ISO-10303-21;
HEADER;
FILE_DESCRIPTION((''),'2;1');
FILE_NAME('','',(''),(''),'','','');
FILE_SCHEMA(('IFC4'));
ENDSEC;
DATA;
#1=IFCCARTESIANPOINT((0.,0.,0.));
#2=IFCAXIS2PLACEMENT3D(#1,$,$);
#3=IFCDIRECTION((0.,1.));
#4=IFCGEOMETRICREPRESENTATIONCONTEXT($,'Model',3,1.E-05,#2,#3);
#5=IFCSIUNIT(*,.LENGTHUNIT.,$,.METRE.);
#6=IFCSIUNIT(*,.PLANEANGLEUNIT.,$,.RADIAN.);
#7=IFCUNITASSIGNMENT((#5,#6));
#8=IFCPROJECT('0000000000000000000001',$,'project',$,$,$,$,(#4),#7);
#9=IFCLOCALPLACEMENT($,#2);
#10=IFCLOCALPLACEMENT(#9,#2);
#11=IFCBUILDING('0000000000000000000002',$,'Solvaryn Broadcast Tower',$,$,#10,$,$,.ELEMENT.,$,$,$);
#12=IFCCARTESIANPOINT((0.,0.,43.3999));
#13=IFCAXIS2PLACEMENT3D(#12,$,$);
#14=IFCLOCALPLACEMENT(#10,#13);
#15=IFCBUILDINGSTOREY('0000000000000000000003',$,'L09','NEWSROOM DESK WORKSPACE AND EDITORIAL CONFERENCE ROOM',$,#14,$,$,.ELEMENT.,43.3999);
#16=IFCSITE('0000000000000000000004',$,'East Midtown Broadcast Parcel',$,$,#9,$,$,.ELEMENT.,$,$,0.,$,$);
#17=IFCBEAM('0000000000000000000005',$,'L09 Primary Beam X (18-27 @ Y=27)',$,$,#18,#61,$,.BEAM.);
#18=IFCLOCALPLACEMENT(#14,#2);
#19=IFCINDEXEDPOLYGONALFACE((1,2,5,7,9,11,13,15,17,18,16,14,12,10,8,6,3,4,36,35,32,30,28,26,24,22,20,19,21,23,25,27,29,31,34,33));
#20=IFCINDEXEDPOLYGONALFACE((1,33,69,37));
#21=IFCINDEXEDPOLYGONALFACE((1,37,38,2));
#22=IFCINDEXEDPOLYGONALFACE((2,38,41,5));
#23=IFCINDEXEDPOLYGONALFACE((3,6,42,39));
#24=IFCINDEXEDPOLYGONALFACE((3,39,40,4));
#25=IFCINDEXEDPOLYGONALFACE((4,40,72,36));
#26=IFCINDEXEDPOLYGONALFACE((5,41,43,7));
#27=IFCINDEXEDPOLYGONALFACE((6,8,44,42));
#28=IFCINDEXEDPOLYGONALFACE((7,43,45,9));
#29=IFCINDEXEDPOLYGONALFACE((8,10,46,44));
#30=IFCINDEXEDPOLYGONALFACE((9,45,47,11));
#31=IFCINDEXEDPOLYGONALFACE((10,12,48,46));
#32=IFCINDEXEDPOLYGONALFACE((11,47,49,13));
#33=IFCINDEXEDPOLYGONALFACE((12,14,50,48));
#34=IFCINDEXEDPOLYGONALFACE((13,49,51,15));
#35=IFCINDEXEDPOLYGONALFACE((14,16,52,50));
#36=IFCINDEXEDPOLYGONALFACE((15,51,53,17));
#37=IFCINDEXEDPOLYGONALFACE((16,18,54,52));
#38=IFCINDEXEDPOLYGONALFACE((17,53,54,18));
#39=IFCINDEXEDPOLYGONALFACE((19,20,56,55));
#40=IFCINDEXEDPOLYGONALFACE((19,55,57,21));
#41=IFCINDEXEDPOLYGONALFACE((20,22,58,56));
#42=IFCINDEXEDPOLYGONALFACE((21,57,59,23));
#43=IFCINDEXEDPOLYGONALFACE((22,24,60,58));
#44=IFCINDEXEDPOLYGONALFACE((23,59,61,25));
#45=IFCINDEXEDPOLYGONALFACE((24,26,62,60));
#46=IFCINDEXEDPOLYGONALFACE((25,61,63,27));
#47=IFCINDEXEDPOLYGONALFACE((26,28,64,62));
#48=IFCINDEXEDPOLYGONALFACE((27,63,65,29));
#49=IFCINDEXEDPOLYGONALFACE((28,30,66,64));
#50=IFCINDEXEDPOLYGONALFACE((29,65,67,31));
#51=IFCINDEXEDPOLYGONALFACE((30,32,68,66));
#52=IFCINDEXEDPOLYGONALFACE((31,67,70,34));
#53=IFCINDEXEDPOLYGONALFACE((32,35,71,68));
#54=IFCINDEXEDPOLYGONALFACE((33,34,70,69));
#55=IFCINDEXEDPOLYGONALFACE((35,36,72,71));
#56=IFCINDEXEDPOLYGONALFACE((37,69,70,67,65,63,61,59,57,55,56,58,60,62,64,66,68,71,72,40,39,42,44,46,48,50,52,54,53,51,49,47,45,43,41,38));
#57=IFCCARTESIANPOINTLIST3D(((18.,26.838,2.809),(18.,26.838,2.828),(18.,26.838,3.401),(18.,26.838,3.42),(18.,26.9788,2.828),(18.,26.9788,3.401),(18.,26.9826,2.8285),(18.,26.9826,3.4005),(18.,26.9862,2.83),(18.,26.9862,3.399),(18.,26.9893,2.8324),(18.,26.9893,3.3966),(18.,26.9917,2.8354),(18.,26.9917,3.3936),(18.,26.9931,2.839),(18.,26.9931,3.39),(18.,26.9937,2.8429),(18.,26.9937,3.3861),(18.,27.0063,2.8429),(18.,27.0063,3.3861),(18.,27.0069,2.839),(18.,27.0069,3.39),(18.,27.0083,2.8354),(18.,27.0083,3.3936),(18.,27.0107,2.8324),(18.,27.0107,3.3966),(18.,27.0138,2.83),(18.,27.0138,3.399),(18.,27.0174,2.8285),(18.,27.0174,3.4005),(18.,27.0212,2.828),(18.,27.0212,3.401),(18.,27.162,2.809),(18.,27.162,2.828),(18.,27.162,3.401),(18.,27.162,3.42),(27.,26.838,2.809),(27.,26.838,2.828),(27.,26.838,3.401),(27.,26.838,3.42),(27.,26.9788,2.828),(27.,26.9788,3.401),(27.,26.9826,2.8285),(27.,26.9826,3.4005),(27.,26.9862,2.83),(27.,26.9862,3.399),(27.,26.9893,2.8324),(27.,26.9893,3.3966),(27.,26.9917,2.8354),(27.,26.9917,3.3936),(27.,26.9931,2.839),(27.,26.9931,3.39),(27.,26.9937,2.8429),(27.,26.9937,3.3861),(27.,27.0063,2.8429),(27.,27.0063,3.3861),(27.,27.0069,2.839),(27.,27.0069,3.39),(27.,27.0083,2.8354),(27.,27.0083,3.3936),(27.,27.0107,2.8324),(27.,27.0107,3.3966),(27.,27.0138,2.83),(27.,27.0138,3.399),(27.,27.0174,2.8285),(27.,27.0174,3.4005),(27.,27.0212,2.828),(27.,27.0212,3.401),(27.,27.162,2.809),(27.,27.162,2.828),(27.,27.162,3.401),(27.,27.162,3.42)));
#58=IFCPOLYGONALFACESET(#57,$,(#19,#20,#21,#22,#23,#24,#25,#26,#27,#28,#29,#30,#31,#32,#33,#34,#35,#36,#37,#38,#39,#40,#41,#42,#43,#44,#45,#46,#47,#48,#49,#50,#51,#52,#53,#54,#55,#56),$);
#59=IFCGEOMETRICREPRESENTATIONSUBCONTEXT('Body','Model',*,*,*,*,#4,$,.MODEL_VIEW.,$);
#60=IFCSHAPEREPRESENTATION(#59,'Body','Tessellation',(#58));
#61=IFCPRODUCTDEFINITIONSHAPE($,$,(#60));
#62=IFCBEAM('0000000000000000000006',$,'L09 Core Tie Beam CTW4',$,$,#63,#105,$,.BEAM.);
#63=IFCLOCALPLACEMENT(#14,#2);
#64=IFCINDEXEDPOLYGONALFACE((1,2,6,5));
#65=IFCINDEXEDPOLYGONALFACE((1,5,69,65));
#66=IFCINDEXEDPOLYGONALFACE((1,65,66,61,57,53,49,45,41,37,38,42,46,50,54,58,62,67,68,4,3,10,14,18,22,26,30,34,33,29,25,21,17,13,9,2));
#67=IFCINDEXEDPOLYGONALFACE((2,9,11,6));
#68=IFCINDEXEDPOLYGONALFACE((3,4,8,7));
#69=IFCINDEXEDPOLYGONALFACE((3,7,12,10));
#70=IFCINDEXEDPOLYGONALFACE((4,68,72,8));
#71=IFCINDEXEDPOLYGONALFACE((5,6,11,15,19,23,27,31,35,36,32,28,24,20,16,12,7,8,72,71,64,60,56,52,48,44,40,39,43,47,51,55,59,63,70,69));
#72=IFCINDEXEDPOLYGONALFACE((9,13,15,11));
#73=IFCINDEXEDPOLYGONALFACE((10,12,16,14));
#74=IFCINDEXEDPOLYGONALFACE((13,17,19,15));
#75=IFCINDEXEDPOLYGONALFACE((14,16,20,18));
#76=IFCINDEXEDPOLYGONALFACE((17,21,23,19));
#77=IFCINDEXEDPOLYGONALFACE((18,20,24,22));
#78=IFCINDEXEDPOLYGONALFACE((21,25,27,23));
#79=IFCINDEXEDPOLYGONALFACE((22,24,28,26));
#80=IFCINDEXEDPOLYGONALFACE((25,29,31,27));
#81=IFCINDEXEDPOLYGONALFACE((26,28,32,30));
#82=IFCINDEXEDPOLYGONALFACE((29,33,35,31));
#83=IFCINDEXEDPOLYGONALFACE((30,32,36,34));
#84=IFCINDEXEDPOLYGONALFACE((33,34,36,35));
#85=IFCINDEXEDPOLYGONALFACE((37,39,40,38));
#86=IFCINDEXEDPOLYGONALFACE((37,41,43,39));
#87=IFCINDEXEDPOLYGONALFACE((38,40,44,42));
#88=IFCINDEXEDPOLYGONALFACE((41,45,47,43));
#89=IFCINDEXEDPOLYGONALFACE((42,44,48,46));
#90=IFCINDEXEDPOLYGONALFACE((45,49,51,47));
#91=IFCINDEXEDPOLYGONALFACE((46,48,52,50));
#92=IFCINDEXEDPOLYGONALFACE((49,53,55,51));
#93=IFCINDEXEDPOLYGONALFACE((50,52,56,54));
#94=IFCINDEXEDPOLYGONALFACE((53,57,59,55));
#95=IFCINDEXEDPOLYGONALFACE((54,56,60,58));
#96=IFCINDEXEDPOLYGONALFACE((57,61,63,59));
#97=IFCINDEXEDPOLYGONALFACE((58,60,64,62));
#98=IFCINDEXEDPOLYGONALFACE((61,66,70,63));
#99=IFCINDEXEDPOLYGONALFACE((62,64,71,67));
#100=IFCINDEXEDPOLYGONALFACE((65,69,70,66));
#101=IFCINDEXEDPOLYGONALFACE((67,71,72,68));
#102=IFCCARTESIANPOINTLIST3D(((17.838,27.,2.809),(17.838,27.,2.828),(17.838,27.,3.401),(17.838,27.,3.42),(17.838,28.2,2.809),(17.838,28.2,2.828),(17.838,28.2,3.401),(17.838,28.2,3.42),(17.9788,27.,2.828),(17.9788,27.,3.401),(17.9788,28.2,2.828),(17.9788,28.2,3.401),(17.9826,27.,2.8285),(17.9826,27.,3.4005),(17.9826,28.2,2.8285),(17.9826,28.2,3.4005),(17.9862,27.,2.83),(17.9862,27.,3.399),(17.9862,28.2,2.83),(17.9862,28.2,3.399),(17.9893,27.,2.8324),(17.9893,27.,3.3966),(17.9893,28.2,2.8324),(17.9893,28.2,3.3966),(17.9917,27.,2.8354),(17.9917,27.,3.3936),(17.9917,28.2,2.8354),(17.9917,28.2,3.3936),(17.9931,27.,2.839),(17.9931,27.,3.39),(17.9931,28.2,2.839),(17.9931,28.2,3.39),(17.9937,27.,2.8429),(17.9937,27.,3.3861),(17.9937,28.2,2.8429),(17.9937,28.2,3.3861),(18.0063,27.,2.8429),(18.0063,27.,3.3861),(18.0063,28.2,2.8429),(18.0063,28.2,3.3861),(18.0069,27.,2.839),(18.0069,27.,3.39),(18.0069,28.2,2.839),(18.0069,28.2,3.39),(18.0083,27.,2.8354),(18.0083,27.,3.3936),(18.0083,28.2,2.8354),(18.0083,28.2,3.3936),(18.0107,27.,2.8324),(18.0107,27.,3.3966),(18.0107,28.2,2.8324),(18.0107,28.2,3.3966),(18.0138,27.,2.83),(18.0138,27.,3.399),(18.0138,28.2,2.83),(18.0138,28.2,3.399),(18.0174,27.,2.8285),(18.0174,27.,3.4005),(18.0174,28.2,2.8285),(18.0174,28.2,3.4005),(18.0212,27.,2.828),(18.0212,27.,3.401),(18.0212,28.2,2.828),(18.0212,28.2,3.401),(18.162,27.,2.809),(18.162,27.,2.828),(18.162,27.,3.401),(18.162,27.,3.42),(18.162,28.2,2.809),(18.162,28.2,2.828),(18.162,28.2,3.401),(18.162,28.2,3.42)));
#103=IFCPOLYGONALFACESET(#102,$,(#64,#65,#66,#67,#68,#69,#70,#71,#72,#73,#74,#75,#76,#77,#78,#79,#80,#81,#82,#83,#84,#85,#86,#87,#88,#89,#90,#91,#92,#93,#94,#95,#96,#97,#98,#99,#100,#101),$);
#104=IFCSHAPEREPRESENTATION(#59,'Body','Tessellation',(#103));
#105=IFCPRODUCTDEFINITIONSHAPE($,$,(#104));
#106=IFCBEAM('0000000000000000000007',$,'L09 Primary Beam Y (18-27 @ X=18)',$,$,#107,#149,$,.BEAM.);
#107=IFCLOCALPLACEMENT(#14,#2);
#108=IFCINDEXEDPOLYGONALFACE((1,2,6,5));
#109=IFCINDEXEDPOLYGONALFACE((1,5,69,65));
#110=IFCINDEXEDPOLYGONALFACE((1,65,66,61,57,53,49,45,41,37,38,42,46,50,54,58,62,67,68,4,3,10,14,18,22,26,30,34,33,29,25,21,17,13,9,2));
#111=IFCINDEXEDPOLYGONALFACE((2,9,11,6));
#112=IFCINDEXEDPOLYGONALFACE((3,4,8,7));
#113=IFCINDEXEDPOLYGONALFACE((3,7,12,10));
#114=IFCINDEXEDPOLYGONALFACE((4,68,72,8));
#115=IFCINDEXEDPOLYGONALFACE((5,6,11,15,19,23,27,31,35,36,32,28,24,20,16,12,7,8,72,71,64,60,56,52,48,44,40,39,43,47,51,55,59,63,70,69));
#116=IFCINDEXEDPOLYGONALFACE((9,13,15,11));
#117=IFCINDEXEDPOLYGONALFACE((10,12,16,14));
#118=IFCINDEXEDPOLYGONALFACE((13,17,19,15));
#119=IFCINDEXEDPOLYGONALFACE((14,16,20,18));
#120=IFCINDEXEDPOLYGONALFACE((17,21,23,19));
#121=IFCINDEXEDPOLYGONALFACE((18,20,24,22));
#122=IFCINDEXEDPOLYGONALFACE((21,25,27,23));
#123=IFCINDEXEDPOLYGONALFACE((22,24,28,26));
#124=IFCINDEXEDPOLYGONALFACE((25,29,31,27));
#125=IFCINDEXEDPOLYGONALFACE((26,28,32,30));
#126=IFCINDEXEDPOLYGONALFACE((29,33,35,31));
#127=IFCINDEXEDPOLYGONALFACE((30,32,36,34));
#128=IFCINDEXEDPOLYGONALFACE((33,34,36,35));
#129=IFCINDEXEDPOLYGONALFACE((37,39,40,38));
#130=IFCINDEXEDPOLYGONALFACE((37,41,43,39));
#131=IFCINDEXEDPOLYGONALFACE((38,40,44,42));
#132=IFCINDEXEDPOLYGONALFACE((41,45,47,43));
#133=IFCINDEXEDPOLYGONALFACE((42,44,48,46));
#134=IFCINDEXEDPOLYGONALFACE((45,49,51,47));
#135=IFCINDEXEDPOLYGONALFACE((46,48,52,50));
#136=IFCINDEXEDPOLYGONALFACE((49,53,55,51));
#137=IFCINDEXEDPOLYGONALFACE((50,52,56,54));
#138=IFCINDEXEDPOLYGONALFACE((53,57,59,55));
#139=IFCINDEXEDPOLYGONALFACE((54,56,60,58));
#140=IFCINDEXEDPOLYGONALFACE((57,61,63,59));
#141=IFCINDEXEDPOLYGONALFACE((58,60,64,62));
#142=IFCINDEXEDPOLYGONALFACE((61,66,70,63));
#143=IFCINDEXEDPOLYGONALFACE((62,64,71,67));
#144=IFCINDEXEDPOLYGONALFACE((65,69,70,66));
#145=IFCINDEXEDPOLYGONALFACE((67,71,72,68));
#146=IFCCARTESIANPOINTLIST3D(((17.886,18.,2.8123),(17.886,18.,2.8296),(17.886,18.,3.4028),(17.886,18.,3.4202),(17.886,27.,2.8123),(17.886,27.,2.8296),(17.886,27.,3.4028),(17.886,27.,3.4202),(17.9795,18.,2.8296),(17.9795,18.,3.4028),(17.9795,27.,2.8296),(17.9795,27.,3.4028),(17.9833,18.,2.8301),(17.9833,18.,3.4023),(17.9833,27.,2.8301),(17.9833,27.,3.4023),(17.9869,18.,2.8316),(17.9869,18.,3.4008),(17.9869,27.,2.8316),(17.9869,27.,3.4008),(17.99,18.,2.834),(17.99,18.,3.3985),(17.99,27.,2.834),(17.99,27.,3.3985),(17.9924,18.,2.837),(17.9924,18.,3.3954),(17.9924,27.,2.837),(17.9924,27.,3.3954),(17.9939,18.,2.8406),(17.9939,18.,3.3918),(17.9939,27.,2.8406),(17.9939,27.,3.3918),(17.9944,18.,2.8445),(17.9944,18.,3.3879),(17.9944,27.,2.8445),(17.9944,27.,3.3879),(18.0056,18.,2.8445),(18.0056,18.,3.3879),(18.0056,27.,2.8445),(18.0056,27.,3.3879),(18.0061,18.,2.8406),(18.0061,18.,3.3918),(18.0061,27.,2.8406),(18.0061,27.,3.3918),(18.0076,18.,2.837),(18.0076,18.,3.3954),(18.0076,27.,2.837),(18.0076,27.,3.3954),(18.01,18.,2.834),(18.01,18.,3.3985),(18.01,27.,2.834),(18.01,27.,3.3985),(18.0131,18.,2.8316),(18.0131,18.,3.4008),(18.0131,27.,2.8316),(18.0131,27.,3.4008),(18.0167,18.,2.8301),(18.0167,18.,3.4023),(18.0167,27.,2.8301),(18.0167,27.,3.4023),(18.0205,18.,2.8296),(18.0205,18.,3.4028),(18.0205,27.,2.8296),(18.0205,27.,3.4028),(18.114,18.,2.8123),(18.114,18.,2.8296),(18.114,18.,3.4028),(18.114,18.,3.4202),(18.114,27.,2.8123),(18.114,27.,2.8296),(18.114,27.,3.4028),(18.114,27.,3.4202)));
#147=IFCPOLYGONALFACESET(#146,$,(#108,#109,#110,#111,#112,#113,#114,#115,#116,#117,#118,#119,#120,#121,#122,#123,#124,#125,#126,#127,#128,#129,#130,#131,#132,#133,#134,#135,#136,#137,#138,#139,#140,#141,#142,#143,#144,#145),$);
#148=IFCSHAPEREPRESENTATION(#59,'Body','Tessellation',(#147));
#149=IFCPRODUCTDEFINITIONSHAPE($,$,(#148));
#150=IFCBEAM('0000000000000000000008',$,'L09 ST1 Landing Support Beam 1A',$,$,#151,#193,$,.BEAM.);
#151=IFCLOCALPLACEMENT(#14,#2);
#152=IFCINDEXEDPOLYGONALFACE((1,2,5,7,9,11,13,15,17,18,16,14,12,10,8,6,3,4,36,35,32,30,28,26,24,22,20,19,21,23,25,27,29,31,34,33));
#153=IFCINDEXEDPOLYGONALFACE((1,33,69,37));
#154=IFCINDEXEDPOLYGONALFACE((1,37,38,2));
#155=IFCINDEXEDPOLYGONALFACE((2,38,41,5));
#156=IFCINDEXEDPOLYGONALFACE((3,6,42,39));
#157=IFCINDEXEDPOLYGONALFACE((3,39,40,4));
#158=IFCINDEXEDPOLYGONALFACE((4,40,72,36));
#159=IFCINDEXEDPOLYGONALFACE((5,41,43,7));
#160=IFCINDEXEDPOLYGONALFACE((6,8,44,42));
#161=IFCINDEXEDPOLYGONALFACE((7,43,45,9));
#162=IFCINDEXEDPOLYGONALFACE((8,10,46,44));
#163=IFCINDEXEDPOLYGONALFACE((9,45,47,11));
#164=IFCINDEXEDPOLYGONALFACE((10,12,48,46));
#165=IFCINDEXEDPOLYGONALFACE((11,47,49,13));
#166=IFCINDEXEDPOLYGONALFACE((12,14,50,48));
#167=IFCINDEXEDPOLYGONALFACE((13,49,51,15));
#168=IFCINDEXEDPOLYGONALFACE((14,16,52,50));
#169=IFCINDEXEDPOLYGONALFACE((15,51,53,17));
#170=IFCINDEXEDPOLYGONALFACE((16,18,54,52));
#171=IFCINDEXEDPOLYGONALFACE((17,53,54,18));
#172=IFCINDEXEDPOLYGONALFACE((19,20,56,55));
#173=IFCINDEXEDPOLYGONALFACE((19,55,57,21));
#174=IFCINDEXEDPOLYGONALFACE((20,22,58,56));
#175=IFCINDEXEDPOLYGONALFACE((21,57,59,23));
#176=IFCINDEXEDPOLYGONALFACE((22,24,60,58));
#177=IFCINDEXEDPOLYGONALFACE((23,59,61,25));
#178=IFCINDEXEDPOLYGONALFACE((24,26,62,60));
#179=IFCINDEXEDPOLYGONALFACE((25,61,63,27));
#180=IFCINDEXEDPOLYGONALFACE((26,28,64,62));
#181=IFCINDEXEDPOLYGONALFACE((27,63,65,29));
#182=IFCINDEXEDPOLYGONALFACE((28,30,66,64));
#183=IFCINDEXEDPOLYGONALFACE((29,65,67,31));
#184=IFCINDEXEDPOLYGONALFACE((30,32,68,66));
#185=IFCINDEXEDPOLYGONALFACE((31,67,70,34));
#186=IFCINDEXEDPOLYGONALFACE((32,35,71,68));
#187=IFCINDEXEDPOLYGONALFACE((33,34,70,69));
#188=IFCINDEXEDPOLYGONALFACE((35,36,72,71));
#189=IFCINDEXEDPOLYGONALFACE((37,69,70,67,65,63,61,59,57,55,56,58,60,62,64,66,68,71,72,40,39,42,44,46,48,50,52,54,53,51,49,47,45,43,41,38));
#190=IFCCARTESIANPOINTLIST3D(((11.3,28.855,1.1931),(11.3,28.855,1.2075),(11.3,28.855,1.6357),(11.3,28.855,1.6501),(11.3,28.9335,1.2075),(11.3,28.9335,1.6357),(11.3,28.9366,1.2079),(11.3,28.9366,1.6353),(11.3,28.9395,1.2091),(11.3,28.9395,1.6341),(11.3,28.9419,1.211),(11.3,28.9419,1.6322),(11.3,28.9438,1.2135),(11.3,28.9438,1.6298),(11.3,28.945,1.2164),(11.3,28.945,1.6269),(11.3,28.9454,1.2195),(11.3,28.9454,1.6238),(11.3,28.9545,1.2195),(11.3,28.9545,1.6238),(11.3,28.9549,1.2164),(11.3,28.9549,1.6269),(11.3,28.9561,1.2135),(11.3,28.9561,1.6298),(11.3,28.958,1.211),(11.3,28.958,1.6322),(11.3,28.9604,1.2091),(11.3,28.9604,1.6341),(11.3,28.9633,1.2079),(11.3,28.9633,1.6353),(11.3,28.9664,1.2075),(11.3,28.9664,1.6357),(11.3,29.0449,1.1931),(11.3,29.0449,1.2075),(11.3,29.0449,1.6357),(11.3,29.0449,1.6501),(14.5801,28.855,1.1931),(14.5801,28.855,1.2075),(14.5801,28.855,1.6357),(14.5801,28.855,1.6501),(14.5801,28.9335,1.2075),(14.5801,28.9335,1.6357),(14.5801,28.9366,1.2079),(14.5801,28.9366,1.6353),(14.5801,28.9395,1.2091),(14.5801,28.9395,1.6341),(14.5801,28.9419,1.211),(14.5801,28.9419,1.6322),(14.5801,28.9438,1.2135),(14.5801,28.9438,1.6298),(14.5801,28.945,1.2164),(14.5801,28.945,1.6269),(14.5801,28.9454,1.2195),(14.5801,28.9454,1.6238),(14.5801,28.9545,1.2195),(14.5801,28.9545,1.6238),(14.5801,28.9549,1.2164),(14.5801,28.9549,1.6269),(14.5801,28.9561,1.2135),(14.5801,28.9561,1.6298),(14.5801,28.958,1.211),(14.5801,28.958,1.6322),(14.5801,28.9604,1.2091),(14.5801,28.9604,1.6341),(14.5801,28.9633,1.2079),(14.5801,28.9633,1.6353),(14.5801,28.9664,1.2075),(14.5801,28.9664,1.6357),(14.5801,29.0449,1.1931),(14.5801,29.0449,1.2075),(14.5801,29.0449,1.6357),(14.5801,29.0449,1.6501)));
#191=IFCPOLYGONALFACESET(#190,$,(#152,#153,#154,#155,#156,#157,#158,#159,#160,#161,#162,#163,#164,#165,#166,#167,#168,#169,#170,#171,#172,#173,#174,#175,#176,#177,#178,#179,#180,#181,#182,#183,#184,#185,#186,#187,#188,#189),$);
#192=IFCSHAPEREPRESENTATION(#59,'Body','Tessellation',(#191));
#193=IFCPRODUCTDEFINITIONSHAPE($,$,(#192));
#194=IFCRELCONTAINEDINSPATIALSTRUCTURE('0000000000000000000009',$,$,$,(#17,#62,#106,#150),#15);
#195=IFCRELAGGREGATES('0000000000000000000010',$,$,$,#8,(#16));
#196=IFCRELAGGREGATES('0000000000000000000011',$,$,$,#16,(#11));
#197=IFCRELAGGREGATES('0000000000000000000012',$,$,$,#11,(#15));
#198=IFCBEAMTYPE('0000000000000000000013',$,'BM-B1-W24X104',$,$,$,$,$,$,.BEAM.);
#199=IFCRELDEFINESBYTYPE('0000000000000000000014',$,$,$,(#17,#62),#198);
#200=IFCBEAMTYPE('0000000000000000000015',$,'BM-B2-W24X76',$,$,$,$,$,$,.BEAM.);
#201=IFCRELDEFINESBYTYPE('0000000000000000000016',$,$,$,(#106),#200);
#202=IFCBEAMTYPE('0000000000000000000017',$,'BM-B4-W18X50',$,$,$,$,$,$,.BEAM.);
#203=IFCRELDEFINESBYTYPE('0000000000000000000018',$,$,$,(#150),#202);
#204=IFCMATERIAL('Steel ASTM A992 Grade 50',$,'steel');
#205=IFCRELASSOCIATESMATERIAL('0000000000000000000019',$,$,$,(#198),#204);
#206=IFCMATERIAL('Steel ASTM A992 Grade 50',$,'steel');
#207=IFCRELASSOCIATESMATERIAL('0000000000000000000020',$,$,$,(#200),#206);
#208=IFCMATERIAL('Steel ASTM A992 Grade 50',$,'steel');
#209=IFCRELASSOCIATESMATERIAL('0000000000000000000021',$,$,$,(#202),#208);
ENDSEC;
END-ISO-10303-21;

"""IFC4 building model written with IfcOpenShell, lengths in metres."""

from ifc_helpers import new_model, si_unit, direction, frame, origin, origin_2d, place, context, subcontext, project, spatial, i_section, extrude, material, material_profile, profile_set, type_object, element, save


model = new_model("IFC4")

# Units and contexts
model_context = context("Model", 3, precision=1e-05, world=origin(), true_north=direction((0.0, 1.0)))
body_context = subcontext(model_context, "Body", "Model", "MODEL_VIEW")
ifc_project = project(units=[si_unit("LENGTHUNIT", "METRE"), si_unit("PLANEANGLEUNIT", "RADIAN")], contexts=[model_context])

# Site, building, storey
site_placement = place(None, origin())
site = spatial("IfcSite", under=ifc_project, at=site_placement, Name="East Midtown Broadcast Parcel", CompositionType="ELEMENT", RefElevation=0.0)
building_placement = place(site_placement, origin())
building = spatial("IfcBuilding", under=site, at=building_placement, Name="Solvaryn Broadcast Tower", CompositionType="ELEMENT")
storey_placement = place(building_placement, frame((0.0, 0.0, 43.3999)))
storey = spatial("IfcBuildingStorey", under=building, at=storey_placement, Name="L09", Description="NEWSROOM DESK WORKSPACE AND EDITORIAL CONFERENCE ROOM", CompositionType="ELEMENT", Elevation=43.3999)

# Beams
ifc_material_1 = material(Name="Steel ASTM A992 Grade 50", Category="steel")
ifc_material_profile_1 = material_profile(ifc_material_1, i_section(OverallWidth=0.324, OverallDepth=0.6111, WebThickness=0.0127, FlangeThickness=0.019, FilletRadius=0.0149, at=origin_2d()))
ifc_profile_set_1 = profile_set([ifc_material_profile_1], Name="Steel ASTM A992 Grade 50")
beam_type_1 = type_object("IfcBeamType", Name="BM-B1-W24X104", PredefinedType="BEAM", material=ifc_profile_set_1)
for number, where, z_axis, x_axis, name in (
    (1, (18.0, 27.0, 3.1145), (1.0, 0.0, 0.0), (0.0, 1.0, 0.0), "L09 Primary Beam X (18-27 @ Y=27)"),
):
    element("IfcBeam", number, at=place(storey_placement, frame(where, z_axis=z_axis, x_axis=x_axis)), inside=storey, type_object=beam_type_1, Name=name, PredefinedType="BEAM", context=body_context, shape_type="SweptSolid", body=[
        extrude(i_section(OverallWidth=0.324, OverallDepth=0.6111, WebThickness=0.0127, FlangeThickness=0.019, FilletRadius=0.0149, at=origin_2d()), origin(), (0.0, 0.0, 1.0), 9.0),
    ])
beam_1_placement = place(storey_placement, frame((18.0, 27.0, 3.1145), z_axis=(0.0, 1.0, 0.0), x_axis=(-1.0, 0.0, 0.0)))
element("IfcBeam", 2, at=beam_1_placement, inside=storey, type_object=beam_type_1, Name="L09 Core Tie Beam CTW4", PredefinedType="BEAM", context=body_context, shape_type="SweptSolid", body=[
    extrude(i_section(OverallWidth=0.324, OverallDepth=0.6111, WebThickness=0.0127, FlangeThickness=0.019, FilletRadius=0.0149, at=origin_2d()), origin(), (0.0, 0.0, 1.0), 1.2),
])
ifc_material_2 = material(Name="Steel ASTM A992 Grade 50", Category="steel")
ifc_material_profile_2 = material_profile(ifc_material_2, i_section(OverallWidth=0.228, OverallDepth=0.6079, WebThickness=0.0112, FlangeThickness=0.0173, FilletRadius=0.0149, at=origin_2d()))
ifc_profile_set_2 = profile_set([ifc_material_profile_2], Name="Steel ASTM A992 Grade 50")
beam_type_2 = type_object("IfcBeamType", Name="BM-B2-W24X76", PredefinedType="BEAM", material=ifc_profile_set_2)
beam_2_placement = place(storey_placement, frame((18.0, 18.0, 3.1162), z_axis=(0.0, 1.0, 0.0), x_axis=(-1.0, 0.0, 0.0)))
element("IfcBeam", 3, at=beam_2_placement, inside=storey, type_object=beam_type_2, Name="L09 Primary Beam Y (18-27 @ X=18)", PredefinedType="BEAM", context=body_context, shape_type="SweptSolid", body=[
    extrude(i_section(OverallWidth=0.228, OverallDepth=0.6079, WebThickness=0.0112, FlangeThickness=0.0173, FilletRadius=0.0149, at=origin_2d()), origin(), (0.0, 0.0, 1.0), 9.0),
])
ifc_material_3 = material(Name="Steel ASTM A992 Grade 50", Category="steel")
ifc_material_profile_3 = material_profile(ifc_material_3, i_section(OverallWidth=0.1899, OverallDepth=0.457, WebThickness=0.009, FlangeThickness=0.0144, FilletRadius=0.012, at=origin_2d()))
ifc_profile_set_3 = profile_set([ifc_material_profile_3], Name="Steel ASTM A992 Grade 50")
beam_type_3 = type_object("IfcBeamType", Name="BM-B4-W18X50", PredefinedType="BEAM", material=ifc_profile_set_3)
beam_3_placement = place(storey_placement, frame((11.3, 28.95, 1.4216), z_axis=(1.0, 0.0, 0.0), x_axis=(0.0, 1.0, 0.0)))
element("IfcBeam", 4, at=beam_3_placement, inside=storey, type_object=beam_type_3, Name="L09 ST1 Landing Support Beam 1A", PredefinedType="BEAM", context=body_context, shape_type="SweptSolid", body=[
    extrude(i_section(OverallWidth=0.1899, OverallDepth=0.457, WebThickness=0.009, FlangeThickness=0.0144, FilletRadius=0.012, at=origin_2d()), origin(), (0.0, 0.0, 1.0), 3.28),
])

save(model, "model.ifc")
